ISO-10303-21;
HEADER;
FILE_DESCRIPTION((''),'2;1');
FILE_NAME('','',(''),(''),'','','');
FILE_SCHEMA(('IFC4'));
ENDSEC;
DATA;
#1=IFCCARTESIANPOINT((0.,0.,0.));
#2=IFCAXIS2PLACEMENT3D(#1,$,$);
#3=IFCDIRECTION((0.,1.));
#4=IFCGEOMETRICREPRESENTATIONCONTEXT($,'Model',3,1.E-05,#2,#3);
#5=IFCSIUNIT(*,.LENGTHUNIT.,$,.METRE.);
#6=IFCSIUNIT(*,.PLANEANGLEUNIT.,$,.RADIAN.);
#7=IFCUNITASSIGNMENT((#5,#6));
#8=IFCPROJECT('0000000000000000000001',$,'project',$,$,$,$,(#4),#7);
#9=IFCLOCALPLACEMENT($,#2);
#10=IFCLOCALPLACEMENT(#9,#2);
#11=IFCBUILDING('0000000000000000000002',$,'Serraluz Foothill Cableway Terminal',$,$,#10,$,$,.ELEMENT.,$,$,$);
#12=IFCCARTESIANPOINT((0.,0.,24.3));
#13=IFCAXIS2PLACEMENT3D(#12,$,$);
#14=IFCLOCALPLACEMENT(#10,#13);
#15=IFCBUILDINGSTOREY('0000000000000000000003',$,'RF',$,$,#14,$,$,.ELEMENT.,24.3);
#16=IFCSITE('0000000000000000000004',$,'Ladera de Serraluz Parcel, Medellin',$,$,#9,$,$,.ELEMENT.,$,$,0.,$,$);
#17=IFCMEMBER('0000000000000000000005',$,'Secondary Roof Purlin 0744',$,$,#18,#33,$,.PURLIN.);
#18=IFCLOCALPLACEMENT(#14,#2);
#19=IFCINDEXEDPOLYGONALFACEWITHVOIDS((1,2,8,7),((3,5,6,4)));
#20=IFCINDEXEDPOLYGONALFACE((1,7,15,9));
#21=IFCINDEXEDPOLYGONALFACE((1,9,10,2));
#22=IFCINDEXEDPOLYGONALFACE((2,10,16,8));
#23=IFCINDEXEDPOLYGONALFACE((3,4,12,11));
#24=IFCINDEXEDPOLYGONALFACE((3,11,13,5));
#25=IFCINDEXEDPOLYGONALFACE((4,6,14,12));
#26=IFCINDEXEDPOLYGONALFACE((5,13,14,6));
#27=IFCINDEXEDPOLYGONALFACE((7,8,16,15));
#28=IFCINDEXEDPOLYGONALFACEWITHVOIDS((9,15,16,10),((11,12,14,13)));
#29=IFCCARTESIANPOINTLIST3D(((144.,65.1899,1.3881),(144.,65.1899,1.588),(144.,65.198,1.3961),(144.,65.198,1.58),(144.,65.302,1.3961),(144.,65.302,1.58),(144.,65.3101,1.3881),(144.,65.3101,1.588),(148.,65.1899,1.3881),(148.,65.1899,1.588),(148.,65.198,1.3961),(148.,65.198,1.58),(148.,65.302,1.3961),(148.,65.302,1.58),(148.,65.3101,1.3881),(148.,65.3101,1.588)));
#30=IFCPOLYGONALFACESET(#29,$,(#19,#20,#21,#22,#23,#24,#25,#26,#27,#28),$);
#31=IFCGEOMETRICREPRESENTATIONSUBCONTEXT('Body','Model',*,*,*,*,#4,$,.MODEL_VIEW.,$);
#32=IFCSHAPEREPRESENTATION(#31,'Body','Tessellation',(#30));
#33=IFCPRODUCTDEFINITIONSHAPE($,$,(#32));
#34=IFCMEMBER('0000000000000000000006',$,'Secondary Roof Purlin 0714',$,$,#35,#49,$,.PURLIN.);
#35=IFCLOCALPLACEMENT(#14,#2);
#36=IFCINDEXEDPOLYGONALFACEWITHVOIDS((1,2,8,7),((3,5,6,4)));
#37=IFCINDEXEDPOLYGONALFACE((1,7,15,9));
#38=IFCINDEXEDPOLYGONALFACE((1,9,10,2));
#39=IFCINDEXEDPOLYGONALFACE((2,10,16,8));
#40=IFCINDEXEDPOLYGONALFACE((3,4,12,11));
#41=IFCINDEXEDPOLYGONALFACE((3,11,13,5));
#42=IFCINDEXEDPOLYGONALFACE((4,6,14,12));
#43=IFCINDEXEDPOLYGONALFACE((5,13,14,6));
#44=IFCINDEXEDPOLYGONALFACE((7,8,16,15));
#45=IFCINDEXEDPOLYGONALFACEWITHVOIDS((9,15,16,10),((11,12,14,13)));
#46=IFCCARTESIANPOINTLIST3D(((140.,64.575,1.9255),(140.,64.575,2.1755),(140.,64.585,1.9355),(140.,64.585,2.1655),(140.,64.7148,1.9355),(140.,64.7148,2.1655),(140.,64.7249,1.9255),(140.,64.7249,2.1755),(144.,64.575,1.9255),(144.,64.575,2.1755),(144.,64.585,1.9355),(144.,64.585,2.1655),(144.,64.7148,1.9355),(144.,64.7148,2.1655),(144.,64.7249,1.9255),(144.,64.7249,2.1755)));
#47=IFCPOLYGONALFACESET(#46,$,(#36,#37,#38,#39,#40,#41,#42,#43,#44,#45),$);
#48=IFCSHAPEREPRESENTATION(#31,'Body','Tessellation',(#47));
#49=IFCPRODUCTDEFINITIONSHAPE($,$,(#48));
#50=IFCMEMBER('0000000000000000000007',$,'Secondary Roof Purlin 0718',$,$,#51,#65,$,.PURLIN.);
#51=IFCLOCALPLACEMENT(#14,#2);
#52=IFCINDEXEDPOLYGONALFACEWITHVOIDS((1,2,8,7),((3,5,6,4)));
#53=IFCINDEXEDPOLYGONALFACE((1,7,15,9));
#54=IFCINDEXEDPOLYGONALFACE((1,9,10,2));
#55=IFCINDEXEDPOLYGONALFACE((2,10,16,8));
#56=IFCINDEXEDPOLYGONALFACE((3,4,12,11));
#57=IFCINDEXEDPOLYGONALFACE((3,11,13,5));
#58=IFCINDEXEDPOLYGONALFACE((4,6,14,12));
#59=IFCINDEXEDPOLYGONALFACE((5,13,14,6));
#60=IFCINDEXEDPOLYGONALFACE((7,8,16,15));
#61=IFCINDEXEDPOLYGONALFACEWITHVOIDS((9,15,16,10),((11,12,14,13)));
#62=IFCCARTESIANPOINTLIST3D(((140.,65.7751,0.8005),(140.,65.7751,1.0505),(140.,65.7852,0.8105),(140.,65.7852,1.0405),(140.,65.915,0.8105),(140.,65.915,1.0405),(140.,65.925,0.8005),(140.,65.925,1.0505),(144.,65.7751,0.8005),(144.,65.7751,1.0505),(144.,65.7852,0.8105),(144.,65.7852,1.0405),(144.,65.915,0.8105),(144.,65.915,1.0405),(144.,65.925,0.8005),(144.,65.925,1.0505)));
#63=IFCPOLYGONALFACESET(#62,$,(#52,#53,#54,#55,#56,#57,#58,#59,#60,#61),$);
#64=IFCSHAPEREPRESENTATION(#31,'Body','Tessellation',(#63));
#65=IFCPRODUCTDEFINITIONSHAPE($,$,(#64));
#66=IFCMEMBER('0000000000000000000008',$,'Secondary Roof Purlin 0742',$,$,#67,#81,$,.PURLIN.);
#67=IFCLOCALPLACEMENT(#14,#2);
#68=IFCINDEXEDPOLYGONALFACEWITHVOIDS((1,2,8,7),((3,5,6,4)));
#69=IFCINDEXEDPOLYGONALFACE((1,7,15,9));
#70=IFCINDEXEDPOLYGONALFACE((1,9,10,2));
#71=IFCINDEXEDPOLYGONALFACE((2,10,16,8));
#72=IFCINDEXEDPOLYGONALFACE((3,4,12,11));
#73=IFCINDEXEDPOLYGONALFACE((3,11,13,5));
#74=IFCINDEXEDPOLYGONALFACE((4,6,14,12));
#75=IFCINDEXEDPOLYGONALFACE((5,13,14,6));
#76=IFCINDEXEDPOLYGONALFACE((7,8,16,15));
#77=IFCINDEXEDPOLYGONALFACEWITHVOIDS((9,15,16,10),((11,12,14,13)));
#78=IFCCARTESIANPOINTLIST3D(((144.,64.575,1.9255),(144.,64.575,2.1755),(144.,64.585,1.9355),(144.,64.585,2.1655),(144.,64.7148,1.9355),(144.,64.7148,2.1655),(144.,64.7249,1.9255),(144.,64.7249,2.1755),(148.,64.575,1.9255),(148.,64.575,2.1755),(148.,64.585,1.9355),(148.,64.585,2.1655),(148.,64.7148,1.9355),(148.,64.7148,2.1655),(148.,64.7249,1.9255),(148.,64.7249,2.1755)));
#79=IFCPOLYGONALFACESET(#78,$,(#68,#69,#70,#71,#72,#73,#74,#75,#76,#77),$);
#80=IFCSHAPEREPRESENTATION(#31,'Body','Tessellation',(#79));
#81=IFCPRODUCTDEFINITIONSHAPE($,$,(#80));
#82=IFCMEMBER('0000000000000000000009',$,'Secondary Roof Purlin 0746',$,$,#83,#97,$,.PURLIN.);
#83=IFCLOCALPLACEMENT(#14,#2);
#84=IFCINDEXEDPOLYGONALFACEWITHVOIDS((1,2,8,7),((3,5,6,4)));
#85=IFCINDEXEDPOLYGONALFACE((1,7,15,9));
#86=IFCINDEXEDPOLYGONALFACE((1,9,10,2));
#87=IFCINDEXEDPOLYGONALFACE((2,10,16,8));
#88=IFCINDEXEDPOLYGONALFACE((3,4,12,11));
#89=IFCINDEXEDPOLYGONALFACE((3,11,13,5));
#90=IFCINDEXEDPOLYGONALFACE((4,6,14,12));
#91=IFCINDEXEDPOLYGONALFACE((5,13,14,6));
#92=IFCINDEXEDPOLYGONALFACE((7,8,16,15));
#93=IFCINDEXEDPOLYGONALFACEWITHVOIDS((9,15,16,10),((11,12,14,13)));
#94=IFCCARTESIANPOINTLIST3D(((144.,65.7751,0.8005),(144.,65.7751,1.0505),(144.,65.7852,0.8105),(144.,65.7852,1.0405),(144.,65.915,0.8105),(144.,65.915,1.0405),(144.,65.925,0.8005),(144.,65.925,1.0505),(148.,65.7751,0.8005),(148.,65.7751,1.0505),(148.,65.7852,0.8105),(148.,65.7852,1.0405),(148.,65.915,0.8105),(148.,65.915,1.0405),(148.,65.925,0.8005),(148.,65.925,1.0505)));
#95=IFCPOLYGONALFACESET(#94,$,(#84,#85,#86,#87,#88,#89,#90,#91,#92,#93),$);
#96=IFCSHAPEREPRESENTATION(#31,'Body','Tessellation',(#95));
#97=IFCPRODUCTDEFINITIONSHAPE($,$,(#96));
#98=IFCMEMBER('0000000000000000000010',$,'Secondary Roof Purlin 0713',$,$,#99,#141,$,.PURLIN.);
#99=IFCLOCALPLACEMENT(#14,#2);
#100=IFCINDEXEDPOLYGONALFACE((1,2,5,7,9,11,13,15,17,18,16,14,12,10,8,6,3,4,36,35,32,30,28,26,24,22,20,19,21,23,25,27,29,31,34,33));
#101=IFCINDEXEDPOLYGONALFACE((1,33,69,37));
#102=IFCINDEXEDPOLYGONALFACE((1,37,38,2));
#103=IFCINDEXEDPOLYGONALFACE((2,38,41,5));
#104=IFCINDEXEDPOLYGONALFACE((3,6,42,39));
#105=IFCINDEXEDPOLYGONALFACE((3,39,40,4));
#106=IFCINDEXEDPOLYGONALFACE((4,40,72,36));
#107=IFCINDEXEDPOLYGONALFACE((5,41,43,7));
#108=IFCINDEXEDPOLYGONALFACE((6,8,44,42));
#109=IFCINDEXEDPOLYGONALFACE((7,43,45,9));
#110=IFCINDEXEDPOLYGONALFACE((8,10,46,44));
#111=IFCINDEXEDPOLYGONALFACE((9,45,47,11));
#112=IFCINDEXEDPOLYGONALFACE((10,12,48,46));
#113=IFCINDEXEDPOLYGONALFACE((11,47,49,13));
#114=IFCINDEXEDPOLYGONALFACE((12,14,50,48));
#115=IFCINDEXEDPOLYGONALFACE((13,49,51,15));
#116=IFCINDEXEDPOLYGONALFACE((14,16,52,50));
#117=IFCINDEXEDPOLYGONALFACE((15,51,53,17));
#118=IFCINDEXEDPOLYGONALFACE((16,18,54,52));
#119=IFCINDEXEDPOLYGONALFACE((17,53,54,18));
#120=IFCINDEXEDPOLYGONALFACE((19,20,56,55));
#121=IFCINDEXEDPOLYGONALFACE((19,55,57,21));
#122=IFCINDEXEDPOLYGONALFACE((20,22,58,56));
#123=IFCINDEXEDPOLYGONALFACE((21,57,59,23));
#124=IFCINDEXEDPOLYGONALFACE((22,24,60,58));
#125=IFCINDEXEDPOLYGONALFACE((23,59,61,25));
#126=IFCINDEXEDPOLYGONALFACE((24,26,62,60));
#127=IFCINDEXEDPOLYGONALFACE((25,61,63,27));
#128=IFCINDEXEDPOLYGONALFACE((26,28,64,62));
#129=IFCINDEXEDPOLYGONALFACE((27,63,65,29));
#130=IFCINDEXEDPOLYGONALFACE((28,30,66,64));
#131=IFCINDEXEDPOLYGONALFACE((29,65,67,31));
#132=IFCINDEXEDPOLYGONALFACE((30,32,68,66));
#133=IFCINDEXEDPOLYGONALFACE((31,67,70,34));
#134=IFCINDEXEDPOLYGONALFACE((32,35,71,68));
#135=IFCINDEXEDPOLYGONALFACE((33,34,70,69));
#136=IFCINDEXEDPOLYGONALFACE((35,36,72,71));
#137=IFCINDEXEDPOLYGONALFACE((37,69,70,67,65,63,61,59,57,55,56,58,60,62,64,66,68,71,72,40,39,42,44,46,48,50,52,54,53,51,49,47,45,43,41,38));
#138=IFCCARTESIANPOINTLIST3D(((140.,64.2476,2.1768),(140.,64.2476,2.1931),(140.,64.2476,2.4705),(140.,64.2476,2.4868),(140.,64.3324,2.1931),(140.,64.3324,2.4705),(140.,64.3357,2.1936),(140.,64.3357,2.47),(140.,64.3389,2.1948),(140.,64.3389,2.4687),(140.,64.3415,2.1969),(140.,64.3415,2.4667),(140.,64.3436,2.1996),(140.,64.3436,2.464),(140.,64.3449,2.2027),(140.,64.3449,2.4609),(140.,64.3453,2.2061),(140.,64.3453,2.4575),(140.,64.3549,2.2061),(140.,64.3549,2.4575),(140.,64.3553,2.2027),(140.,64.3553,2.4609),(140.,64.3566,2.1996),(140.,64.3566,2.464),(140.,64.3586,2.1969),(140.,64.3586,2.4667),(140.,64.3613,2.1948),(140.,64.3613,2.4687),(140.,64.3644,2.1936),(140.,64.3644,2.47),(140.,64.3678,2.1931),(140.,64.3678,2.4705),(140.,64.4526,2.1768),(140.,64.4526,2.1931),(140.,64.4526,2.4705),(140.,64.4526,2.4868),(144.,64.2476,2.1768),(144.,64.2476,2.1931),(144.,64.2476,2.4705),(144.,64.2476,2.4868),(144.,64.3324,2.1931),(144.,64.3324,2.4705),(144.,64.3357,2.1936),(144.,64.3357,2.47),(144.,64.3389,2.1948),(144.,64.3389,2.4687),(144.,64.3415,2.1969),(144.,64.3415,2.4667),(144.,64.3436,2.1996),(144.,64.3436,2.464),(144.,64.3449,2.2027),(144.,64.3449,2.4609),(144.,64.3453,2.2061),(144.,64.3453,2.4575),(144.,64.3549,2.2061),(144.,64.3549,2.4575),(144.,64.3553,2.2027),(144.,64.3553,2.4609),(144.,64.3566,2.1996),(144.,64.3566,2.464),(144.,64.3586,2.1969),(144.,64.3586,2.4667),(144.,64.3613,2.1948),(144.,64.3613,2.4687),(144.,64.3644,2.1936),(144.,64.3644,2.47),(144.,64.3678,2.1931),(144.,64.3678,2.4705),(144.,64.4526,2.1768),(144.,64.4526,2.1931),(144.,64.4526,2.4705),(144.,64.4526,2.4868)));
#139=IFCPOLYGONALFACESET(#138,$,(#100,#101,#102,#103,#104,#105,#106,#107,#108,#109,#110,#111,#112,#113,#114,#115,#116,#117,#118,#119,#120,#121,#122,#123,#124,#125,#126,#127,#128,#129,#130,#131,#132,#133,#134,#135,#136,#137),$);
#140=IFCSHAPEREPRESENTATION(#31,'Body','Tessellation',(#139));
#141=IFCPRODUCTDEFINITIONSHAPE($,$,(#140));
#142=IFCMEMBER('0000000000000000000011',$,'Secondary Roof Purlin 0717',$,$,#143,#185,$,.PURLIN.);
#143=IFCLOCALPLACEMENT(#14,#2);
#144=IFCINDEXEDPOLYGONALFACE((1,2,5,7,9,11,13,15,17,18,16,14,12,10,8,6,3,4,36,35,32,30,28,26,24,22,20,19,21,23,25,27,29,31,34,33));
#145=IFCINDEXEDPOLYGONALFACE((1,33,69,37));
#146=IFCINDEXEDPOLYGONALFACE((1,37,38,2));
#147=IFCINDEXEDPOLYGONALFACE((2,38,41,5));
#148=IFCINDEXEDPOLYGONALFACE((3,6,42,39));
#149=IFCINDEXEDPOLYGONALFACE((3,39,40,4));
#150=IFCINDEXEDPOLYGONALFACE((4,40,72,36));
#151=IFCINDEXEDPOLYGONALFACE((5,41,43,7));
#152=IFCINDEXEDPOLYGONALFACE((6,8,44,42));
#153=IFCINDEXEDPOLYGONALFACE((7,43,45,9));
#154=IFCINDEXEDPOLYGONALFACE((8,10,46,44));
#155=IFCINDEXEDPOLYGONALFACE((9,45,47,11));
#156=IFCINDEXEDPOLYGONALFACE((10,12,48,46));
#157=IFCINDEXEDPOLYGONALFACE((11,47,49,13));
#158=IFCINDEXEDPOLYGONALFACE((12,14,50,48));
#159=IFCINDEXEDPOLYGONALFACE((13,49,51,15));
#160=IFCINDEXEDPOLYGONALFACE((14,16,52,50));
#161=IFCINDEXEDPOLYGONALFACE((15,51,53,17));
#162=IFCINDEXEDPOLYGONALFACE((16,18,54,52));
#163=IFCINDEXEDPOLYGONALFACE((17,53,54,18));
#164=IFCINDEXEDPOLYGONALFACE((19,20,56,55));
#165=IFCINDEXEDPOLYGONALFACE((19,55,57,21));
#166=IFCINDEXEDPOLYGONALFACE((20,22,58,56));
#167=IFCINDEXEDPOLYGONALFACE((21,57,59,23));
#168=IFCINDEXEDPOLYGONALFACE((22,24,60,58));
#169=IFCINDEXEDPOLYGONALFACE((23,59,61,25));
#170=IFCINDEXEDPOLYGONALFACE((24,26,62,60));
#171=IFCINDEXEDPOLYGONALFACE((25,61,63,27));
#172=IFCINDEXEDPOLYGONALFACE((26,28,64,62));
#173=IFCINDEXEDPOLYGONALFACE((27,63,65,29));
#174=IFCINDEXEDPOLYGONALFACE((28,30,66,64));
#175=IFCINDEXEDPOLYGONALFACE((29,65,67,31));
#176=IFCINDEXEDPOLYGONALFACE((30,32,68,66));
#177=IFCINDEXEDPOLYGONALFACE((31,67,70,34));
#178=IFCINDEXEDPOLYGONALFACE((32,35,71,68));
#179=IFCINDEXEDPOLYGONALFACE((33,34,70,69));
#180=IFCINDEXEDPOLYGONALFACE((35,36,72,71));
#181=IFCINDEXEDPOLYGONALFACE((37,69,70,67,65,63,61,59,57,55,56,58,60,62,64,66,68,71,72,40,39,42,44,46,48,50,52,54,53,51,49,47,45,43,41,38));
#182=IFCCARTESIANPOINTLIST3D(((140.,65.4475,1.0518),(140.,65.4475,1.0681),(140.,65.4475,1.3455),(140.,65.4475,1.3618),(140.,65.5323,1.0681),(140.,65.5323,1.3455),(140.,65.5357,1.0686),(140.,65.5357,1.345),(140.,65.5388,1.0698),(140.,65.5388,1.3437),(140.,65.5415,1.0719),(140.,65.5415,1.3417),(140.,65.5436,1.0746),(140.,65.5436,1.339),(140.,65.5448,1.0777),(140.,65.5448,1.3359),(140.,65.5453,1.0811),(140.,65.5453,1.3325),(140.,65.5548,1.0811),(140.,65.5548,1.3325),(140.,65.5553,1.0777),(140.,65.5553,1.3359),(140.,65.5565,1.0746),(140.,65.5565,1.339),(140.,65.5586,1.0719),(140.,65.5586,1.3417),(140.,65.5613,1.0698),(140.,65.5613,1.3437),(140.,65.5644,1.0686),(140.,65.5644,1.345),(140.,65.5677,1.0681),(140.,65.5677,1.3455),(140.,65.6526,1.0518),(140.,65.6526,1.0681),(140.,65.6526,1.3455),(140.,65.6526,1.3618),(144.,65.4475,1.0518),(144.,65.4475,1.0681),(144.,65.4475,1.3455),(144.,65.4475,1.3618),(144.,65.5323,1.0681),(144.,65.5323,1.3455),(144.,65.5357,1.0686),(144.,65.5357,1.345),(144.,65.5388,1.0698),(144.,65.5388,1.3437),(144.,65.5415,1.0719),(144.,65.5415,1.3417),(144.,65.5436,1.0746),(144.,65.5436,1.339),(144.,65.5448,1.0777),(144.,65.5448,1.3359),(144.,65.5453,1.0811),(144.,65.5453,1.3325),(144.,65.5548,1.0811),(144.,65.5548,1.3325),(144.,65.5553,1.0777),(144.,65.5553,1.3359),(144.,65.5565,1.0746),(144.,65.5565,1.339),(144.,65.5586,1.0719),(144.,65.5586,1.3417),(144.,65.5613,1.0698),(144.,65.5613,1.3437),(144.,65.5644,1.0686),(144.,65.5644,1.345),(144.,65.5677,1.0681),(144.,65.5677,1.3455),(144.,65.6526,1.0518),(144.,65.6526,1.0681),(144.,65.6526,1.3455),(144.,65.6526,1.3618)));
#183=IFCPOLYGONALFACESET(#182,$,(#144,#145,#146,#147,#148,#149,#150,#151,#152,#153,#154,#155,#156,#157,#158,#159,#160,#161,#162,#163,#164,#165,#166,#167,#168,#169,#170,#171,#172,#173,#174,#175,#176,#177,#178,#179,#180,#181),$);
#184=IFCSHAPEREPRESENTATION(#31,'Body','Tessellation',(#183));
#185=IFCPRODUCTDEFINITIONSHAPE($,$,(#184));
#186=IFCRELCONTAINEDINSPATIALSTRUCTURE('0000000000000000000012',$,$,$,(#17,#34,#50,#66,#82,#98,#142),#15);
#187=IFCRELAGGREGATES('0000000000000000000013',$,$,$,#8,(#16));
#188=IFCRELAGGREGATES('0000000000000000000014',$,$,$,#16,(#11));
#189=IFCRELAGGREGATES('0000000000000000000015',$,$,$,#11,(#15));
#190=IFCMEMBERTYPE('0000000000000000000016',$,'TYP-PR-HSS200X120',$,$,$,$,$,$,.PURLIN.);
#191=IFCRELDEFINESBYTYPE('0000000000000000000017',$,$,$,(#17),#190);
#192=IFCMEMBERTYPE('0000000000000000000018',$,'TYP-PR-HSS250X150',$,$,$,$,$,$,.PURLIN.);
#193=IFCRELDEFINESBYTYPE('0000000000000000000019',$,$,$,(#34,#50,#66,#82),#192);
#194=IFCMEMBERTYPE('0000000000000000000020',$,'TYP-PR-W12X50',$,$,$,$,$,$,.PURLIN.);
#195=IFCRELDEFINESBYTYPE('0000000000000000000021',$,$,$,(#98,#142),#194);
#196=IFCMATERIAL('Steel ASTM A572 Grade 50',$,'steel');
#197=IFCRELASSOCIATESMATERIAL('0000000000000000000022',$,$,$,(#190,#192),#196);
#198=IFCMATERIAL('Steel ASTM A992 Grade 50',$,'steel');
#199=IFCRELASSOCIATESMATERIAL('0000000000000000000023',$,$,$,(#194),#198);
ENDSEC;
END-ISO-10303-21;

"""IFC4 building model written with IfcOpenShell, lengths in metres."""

from ifc_helpers import new_model, si_unit, direction, frame, origin, origin_2d, place, context, subcontext, project, spatial, hollow_rectangle, i_section, extrude, material, material_profile, profile_set, type_object, element, save


model = new_model("IFC4")

# Units and contexts
model_context = context("Model", 3, precision=1e-05, world=origin(), true_north=direction((0.0, 1.0)))
body_context = subcontext(model_context, "Body", "Model", "MODEL_VIEW")
ifc_project = project(units=[si_unit("LENGTHUNIT", "METRE"), si_unit("PLANEANGLEUNIT", "RADIAN")], contexts=[model_context])

# Site, building, storey
site_placement = place(None, origin())
site = spatial("IfcSite", under=ifc_project, at=site_placement, Name="Ladera de Serraluz Parcel, Medellin", CompositionType="ELEMENT", RefElevation=0.0)
building_placement = place(site_placement, origin())
building = spatial("IfcBuilding", under=site, at=building_placement, Name="Serraluz Foothill Cableway Terminal", CompositionType="ELEMENT")
storey_placement = place(building_placement, frame((0.0, 0.0, 24.3)))
storey = spatial("IfcBuildingStorey", under=building, at=storey_placement, Name="RF", CompositionType="ELEMENT", Elevation=24.3)

# Members
ifc_material_1 = material(Name="Steel ASTM A572 Grade 50", Category="steel")
ifc_material_profile_1 = material_profile(ifc_material_1, hollow_rectangle(XDim=0.1201, YDim=0.2, WallThickness=0.0081, at=origin_2d()), Name="HSS200X120X8")
ifc_profile_set_1 = profile_set([ifc_material_profile_1], Name="Steel ASTM A572 Grade 50")
member_type_1 = type_object("IfcMemberType", Name="TYP-PR-HSS200X120", PredefinedType="PURLIN", material=ifc_profile_set_1)
for number, where, z_axis, x_axis, name in (
    (1, (144.0, 65.25, 1.488), (1.0, 0.0, 0.0), (0.0, 1.0, 0.0), "Secondary Roof Purlin 0744"),
):
    element("IfcMember", number, at=place(storey_placement, frame(where, z_axis=z_axis, x_axis=x_axis)), inside=storey, type_object=member_type_1, Name=name, PredefinedType="PURLIN", context=body_context, shape_type="SweptSolid", body=[
        extrude(hollow_rectangle(XDim=0.1201, YDim=0.2, WallThickness=0.0081, at=origin_2d()), origin(), (0.0, 0.0, 1.0), 4.0),
    ])
ifc_material_profile_2 = material_profile(ifc_material_1, hollow_rectangle(XDim=0.1499, YDim=0.25, WallThickness=0.01, at=origin_2d()), Name="HSS250X150X10")
ifc_profile_set_2 = profile_set([ifc_material_profile_2], Name="Steel ASTM A572 Grade 50")
member_type_2 = type_object("IfcMemberType", Name="TYP-PR-HSS250X150", PredefinedType="PURLIN", material=ifc_profile_set_2)
for number, where, z_axis, x_axis, name in (
    (2, (140.0, 64.6499, 2.0505), (1.0, 0.0, 0.0), (0.0, 1.0, 0.0), "Secondary Roof Purlin 0714"),
    (3, (140.0, 65.8501, 0.9255), (1.0, 0.0, 0.0), (0.0, 1.0, 0.0), "Secondary Roof Purlin 0718"),
    (4, (144.0, 64.6499, 2.0505), (1.0, 0.0, 0.0), (0.0, 1.0, 0.0), "Secondary Roof Purlin 0742"),
    (5, (144.0, 65.8501, 0.9255), (1.0, 0.0, 0.0), (0.0, 1.0, 0.0), "Secondary Roof Purlin 0746"),
):
    element("IfcMember", number, at=place(storey_placement, frame(where, z_axis=z_axis, x_axis=x_axis)), inside=storey, type_object=member_type_2, Name=name, PredefinedType="PURLIN", context=body_context, shape_type="SweptSolid", body=[
        extrude(hollow_rectangle(XDim=0.1499, YDim=0.25, WallThickness=0.01, at=origin_2d()), origin(), (0.0, 0.0, 1.0), 4.0),
    ])
ifc_material_2 = material(Name="Steel ASTM A992 Grade 50", Category="steel")
ifc_material_profile_3 = material_profile(ifc_material_2, i_section(OverallWidth=0.2051, OverallDepth=0.3101, WebThickness=0.0095, FlangeThickness=0.0164, FilletRadius=0.0129, at=origin_2d()), Name="W12X50")
ifc_profile_set_3 = profile_set([ifc_material_profile_3], Name="Steel ASTM A992 Grade 50")
member_type_3 = type_object("IfcMemberType", Name="TYP-PR-W12X50", PredefinedType="PURLIN", material=ifc_profile_set_3)
for number, where, z_axis, x_axis, name in (
    (6, (140.0, 64.3501, 2.3318), (1.0, 0.0, 0.0), (0.0, 1.0, 0.0), "Secondary Roof Purlin 0713"),
    (7, (140.0, 65.55, 1.2068), (1.0, 0.0, 0.0), (0.0, 1.0, 0.0), "Secondary Roof Purlin 0717"),
):
    element("IfcMember", number, at=place(storey_placement, frame(where, z_axis=z_axis, x_axis=x_axis)), inside=storey, type_object=member_type_3, Name=name, PredefinedType="PURLIN", context=body_context, shape_type="SweptSolid", body=[
        extrude(i_section(OverallWidth=0.2051, OverallDepth=0.3101, WebThickness=0.0095, FlangeThickness=0.0164, FilletRadius=0.0129, at=origin_2d()), origin(), (0.0, 0.0, 1.0), 4.0),
    ])

save(model, "model.ifc")
